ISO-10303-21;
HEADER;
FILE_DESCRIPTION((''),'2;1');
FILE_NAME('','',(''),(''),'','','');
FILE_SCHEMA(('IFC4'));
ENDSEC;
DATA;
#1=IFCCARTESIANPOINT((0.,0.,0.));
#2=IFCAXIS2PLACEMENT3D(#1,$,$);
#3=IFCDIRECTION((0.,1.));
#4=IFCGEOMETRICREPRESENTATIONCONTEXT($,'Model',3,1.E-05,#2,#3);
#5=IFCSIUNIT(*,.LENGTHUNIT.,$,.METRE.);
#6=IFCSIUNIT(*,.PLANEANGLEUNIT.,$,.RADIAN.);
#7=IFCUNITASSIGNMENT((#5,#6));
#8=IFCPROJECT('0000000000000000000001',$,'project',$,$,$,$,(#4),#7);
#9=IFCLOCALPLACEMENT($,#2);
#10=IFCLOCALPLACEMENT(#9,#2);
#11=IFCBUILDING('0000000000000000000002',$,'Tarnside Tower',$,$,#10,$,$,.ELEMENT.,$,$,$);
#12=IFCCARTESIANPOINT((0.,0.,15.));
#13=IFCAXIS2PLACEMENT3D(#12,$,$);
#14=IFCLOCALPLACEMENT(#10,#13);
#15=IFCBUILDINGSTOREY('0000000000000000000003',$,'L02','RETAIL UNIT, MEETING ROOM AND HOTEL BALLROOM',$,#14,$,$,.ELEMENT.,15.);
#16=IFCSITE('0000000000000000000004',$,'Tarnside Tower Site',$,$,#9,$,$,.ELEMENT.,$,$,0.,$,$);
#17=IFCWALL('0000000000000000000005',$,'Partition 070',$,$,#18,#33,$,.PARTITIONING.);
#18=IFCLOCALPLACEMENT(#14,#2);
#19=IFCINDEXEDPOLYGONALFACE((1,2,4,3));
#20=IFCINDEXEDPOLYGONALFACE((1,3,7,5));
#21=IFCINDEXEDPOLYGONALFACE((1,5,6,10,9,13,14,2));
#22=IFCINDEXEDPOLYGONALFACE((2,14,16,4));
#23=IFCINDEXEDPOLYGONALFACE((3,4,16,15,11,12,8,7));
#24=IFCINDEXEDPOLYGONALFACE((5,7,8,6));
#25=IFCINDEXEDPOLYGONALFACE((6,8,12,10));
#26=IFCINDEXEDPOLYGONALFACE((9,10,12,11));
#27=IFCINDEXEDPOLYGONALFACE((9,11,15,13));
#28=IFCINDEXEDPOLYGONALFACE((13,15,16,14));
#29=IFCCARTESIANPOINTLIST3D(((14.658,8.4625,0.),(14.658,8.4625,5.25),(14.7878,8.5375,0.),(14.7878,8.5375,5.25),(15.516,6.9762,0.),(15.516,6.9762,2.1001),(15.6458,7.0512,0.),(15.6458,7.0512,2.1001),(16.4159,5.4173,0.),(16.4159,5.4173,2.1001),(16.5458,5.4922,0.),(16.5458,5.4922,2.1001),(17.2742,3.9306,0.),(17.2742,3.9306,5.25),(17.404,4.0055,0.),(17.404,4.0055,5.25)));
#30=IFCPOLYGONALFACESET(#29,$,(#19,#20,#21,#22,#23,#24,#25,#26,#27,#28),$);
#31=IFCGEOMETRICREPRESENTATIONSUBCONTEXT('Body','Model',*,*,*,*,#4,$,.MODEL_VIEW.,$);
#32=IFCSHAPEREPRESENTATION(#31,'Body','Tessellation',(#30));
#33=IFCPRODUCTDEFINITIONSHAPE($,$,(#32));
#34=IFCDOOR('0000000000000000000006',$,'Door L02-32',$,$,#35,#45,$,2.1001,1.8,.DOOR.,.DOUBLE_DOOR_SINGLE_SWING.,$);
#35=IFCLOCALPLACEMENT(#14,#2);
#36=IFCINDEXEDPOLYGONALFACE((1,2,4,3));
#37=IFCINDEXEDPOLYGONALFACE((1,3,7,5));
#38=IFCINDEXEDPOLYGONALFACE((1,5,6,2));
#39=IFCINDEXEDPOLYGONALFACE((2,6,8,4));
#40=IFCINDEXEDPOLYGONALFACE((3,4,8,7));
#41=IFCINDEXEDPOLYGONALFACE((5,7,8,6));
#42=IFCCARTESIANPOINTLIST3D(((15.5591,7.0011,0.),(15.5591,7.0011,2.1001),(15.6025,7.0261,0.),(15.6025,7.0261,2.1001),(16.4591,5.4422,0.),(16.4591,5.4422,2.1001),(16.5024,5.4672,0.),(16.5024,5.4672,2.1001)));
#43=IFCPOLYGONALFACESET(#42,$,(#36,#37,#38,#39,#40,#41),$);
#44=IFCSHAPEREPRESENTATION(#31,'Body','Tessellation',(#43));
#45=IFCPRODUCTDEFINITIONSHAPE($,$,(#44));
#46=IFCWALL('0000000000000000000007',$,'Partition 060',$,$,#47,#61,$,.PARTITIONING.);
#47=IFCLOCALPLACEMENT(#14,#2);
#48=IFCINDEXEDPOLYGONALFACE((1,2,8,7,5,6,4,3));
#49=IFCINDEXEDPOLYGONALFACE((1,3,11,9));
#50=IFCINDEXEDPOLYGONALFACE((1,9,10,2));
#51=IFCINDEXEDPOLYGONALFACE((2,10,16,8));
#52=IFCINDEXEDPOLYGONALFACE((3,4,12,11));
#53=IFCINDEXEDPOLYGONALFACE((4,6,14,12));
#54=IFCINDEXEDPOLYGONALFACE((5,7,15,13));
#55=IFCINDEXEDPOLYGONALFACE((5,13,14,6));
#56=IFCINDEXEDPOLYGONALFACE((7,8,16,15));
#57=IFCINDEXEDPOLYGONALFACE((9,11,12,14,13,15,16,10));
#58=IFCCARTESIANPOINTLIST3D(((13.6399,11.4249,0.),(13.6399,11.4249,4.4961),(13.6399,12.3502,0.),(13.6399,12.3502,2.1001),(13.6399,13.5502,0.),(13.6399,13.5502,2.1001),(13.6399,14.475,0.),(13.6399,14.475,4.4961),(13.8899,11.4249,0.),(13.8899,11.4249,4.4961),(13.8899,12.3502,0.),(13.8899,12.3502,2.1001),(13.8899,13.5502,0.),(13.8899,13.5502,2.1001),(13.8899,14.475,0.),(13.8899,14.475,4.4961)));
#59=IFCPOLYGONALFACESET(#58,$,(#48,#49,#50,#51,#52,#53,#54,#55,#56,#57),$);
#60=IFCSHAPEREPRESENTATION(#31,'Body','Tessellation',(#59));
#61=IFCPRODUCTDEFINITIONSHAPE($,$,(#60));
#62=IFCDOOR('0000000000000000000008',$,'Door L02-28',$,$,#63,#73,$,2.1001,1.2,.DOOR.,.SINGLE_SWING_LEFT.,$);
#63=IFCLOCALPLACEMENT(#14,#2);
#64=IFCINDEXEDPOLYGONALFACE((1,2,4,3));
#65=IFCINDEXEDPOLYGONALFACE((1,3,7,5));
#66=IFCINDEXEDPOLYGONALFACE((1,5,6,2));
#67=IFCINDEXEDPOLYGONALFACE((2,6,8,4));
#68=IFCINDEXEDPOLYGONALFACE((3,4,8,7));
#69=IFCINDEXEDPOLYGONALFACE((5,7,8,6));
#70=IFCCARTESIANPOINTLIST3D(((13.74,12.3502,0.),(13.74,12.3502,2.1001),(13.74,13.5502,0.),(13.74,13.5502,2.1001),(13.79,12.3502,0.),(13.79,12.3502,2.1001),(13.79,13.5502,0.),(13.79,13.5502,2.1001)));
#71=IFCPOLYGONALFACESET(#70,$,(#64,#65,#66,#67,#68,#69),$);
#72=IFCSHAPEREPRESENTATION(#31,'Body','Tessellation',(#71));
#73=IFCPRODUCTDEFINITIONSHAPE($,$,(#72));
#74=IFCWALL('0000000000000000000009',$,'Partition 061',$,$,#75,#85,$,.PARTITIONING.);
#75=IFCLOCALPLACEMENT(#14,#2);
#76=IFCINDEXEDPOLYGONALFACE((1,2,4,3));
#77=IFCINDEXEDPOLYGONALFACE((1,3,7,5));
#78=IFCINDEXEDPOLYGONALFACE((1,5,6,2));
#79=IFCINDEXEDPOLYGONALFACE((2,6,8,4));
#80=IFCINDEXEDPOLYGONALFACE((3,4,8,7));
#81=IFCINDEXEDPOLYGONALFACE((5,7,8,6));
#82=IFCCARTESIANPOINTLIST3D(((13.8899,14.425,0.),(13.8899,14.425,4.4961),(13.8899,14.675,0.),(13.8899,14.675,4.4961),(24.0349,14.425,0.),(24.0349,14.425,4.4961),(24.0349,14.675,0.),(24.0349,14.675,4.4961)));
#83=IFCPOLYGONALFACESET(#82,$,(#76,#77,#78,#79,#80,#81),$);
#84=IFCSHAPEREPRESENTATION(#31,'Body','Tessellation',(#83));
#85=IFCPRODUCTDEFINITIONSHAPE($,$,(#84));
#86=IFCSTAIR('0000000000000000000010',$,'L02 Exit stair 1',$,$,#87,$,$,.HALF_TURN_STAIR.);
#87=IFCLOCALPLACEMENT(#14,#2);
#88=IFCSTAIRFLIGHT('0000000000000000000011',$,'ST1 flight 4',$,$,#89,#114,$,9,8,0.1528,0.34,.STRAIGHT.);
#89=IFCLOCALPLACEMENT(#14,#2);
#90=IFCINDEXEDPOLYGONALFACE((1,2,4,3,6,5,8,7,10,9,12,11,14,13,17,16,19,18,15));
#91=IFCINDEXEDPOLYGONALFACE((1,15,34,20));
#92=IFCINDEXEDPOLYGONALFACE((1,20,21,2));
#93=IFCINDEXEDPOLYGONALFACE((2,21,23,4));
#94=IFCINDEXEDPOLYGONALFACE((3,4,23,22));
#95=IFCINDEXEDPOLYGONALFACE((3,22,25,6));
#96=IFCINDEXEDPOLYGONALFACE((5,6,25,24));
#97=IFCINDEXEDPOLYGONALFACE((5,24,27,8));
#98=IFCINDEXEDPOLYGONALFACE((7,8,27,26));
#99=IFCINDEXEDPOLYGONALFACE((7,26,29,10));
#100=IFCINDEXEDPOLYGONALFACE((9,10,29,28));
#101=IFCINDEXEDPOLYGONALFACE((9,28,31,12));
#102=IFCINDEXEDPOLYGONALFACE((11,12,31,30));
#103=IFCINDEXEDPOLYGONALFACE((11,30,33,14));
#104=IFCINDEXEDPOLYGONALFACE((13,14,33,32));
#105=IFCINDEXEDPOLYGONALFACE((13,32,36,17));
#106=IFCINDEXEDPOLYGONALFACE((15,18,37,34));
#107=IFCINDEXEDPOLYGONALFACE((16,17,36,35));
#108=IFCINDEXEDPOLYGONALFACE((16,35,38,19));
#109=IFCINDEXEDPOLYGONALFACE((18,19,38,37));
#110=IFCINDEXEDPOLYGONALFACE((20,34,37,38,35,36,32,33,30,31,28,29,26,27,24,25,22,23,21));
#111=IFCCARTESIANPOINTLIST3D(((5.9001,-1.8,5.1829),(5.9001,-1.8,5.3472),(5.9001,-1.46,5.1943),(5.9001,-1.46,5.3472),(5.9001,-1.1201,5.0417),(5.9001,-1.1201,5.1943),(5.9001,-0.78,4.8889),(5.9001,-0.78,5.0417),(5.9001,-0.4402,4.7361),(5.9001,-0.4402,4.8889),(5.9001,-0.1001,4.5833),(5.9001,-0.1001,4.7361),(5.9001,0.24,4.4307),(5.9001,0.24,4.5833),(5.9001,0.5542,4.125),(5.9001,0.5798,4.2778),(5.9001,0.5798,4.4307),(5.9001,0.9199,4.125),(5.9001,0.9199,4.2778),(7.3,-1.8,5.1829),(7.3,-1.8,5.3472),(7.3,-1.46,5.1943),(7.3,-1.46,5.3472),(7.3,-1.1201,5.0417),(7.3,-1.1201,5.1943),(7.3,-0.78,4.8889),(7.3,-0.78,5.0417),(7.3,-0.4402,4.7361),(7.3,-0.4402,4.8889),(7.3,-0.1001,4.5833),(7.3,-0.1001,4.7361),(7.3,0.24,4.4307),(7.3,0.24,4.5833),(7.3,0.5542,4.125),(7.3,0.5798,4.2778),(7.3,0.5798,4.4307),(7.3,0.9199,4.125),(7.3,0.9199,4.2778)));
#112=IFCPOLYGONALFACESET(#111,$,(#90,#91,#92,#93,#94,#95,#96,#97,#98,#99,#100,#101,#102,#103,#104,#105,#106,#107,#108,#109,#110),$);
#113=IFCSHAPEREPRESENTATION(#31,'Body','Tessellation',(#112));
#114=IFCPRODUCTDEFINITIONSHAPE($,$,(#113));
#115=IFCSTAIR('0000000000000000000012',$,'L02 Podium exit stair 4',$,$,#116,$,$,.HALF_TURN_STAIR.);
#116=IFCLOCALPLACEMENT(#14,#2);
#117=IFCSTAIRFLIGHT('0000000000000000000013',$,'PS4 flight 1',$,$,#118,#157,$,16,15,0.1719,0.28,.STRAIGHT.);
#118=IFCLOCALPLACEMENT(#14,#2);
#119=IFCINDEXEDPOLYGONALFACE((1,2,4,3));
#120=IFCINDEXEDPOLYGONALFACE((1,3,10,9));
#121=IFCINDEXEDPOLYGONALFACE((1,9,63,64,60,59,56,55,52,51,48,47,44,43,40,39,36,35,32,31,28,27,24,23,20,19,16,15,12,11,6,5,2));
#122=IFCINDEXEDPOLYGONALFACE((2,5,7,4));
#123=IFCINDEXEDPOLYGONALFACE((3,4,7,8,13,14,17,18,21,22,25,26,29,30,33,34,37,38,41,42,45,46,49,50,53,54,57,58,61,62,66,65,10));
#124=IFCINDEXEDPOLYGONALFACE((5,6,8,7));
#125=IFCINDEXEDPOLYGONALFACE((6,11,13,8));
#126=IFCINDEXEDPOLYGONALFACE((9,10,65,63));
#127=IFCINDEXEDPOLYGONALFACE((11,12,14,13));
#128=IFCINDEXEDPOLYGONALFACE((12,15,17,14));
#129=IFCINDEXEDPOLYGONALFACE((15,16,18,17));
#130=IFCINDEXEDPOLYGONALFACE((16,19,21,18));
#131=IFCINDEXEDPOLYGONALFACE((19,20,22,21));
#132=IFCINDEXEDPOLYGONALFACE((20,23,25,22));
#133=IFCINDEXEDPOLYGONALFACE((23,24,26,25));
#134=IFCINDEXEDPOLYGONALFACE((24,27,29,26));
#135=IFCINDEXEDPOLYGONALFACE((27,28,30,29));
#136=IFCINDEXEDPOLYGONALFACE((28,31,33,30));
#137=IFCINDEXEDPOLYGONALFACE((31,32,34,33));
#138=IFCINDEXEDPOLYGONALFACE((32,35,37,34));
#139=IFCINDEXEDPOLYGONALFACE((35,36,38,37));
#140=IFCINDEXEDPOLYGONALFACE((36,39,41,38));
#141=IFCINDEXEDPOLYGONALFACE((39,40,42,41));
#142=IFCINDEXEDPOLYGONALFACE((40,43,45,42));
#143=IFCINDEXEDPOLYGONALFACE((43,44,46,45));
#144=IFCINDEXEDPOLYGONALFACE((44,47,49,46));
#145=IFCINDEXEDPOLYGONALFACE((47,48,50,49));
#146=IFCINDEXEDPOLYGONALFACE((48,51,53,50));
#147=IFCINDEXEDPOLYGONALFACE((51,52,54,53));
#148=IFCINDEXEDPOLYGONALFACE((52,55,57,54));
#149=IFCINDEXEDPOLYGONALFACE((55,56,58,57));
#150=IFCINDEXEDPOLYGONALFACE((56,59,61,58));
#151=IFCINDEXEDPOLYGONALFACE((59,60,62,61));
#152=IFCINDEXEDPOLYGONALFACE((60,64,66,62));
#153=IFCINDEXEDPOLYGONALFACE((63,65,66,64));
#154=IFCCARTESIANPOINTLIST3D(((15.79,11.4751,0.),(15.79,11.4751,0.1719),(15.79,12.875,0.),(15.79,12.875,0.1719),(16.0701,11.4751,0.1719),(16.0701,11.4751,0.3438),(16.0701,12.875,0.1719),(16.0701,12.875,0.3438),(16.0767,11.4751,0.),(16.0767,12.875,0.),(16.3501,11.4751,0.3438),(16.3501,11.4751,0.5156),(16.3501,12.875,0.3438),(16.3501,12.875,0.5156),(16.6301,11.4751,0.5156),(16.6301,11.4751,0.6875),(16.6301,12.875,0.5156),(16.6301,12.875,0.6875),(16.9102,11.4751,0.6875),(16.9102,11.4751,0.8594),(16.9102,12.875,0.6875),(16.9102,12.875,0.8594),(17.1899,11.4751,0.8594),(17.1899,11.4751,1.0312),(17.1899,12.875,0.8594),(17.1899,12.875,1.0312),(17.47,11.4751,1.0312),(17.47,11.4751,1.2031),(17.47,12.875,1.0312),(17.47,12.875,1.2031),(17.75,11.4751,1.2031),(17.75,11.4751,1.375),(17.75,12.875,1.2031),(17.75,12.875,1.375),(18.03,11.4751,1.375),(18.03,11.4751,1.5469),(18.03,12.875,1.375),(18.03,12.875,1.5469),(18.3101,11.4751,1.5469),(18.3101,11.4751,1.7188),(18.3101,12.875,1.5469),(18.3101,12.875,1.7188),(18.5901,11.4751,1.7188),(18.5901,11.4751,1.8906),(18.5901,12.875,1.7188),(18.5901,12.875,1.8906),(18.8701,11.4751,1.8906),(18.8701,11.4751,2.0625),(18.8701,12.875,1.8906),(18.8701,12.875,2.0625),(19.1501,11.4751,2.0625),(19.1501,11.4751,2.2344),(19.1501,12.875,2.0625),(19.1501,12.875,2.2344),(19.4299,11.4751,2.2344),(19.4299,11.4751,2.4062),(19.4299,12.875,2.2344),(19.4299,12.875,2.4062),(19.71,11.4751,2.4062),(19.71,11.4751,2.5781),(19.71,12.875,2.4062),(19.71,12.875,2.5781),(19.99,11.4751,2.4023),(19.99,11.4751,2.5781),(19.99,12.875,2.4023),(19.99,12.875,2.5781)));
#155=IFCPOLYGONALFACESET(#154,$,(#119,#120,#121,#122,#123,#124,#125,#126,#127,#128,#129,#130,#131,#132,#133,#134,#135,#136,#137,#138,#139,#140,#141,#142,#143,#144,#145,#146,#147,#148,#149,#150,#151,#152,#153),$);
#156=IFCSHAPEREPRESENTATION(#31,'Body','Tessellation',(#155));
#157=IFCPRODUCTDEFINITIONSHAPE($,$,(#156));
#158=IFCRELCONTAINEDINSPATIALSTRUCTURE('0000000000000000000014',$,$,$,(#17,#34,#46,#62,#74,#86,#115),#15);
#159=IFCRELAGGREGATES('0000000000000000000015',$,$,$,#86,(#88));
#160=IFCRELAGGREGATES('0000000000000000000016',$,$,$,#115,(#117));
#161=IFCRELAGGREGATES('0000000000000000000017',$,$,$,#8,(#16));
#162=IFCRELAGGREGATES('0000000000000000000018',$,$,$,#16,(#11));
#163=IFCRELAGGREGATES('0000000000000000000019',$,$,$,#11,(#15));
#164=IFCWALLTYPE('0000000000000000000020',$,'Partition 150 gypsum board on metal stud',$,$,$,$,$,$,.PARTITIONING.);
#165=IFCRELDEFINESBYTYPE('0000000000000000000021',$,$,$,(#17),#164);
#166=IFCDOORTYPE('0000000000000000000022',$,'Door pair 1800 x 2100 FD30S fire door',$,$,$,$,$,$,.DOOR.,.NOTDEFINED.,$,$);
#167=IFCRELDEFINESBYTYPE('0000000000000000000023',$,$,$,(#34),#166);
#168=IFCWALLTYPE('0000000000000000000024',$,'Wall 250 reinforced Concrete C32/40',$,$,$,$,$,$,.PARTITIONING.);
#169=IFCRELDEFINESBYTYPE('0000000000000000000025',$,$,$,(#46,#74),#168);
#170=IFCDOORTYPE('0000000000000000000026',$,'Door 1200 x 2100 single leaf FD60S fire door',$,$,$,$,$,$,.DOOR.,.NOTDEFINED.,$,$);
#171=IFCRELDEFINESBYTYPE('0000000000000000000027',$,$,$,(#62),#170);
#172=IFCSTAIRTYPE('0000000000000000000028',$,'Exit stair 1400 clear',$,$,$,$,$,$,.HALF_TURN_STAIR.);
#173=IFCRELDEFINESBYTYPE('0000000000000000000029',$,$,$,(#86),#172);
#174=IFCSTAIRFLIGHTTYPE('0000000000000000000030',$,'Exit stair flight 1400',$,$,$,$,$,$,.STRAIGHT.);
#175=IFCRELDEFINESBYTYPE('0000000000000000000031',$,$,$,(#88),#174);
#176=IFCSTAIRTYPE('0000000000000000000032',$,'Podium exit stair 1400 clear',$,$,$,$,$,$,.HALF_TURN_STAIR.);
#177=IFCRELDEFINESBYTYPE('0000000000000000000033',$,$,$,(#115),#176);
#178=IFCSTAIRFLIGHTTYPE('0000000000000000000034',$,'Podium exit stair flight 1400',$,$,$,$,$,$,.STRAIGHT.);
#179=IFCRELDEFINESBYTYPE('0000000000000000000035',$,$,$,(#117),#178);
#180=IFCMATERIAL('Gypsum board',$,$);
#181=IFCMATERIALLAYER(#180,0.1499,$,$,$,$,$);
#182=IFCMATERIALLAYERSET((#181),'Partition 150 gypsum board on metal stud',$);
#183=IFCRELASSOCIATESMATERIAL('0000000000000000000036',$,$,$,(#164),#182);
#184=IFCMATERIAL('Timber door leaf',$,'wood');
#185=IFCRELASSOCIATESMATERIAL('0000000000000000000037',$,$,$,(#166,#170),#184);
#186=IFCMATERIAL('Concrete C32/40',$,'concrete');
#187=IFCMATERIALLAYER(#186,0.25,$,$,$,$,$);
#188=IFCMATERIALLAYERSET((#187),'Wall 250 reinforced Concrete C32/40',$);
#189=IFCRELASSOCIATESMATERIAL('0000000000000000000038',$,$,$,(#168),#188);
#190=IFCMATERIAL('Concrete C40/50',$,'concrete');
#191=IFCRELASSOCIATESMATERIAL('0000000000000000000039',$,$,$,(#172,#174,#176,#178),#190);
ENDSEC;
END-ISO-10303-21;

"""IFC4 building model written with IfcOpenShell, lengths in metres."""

from ifc_helpers import new_model, si_unit, direction, frame, frame_2d, origin, place, context, subcontext, project, spatial, polyline, rectangle, outline, extrude, material, layer, layer_set, type_object, element, fill, aggregate, save


model = new_model("IFC4")

# Units and contexts
model_context = context("Model", 3, precision=1e-05, world=origin(), true_north=direction((0.0, 1.0)))
body_context = subcontext(model_context, "Body", "Model", "MODEL_VIEW")
ifc_project = project(units=[si_unit("LENGTHUNIT", "METRE"), si_unit("PLANEANGLEUNIT", "RADIAN")], contexts=[model_context])

# Site, building, storey
site_placement = place(None, origin())
site = spatial("IfcSite", under=ifc_project, at=site_placement, Name="Tarnside Tower Site", CompositionType="ELEMENT", RefElevation=0.0)
building_placement = place(site_placement, origin())
building = spatial("IfcBuilding", under=site, at=building_placement, Name="Tarnside Tower", CompositionType="ELEMENT")
storey_placement = place(building_placement, frame((0.0, 0.0, 15.0)))
storey = spatial("IfcBuildingStorey", under=building, at=storey_placement, Name="L02", Description="RETAIL UNIT, MEETING ROOM AND HOTEL BALLROOM", CompositionType="ELEMENT", Elevation=15.0)

# Shared definitions
ifc_material_1 = material(Name="Concrete C40/50", Category="concrete")
ifc_material_2 = material(Name="Gypsum board")
ifc_layer_1 = layer(ifc_material_2, 0.1499)
ifc_layer_set_1 = layer_set([ifc_layer_1], Name="Partition 150 gypsum board on metal stud")
wall_type_1 = type_object("IfcWallType", Name="Partition 150 gypsum board on metal stud", PredefinedType="PARTITIONING", material=ifc_layer_set_1)

# Walls, openings, doors
wall_1_placement = place(storey_placement, frame((14.7229, 8.5, 0.0), z_axis=(0.0, 0.0, 1.0), x_axis=(0.499953, -0.866053, 0.0)))
wall_1 = element("IfcWall", 1, at=wall_1_placement, inside=storey, type_object=wall_type_1, Name="Partition 070", PredefinedType="PARTITIONING", context=body_context, shape_type="SweptSolid", body=[
    extrude(rectangle(XDim=5.2329, YDim=0.1499, at=frame_2d((2.6165, 0.0))), origin(), (0.0, 0.0, 1.0), 5.25),
])
opening_1_placement = place(wall_1_placement, frame((1.7163, 0.0, 0.0)))
opening_1 = element("IfcOpeningElement", 2, at=opening_1_placement, cuts=wall_1, PredefinedType="OPENING", context=body_context, shape_type="SweptSolid", body=[
    extrude(rectangle(XDim=1.8, YDim=2.1001, at=frame_2d((0.8999, 1.05))), frame((0.0, 0.085, 0.0), z_axis=(0.0, -1.0, 0.0), x_axis=(1.0, 0.0, 0.0)), (0.0, 0.0, 1.0), 0.1699),
])
ifc_material_3 = material(Name="Timber door leaf", Category="wood")
door_type_1 = type_object("IfcDoorType", Name="Door pair 1800 x 2100 FD30S fire door", OperationType="NOTDEFINED", PredefinedType="DOOR", material=ifc_material_3)
door_1_placement = place(opening_1_placement, origin())
door_1 = element("IfcDoor", 3, at=door_1_placement, inside=storey, type_object=door_type_1, Name="Door L02-32", OperationType="DOUBLE_DOOR_SINGLE_SWING", OverallHeight=2.1001, OverallWidth=1.8, PredefinedType="DOOR", context=body_context, shape_type="SweptSolid", body=[
    extrude(rectangle(XDim=1.8, YDim=2.1001, at=frame_2d((0.8999, 1.05))), frame((0.0, 0.0249, 0.0), z_axis=(0.0, -1.0, 0.0), x_axis=(1.0, 0.0, 0.0)), (0.0, 0.0, 1.0), 0.05),
])
fill(opening_1, door_1)
ifc_material_4 = material(Name="Concrete C32/40", Category="concrete")
ifc_layer_2 = layer(ifc_material_4, 0.25)
ifc_layer_set_2 = layer_set([ifc_layer_2], Name="Wall 250 reinforced Concrete C32/40")
wall_type_2 = type_object("IfcWallType", Name="Wall 250 reinforced Concrete C32/40", PredefinedType="PARTITIONING", material=ifc_layer_set_2)
wall_2_placement = place(storey_placement, frame((13.7649, 11.425, 0.0), z_axis=(0.0, 0.0, 1.0), x_axis=(0.0, 1.0, 0.0)))
wall_2 = element("IfcWall", 4, at=wall_2_placement, inside=storey, type_object=wall_type_2, Name="Partition 060", PredefinedType="PARTITIONING", context=body_context, shape_type="SweptSolid", body=[
    extrude(rectangle(XDim=3.05, YDim=0.25, at=frame_2d((1.5249, 0.0))), origin(), (0.0, 0.0, 1.0), 4.4961),
])
opening_2_placement = place(wall_2_placement, frame((0.925, 0.0, 0.0)))
opening_2 = element("IfcOpeningElement", 5, at=opening_2_placement, cuts=wall_2, PredefinedType="OPENING", context=body_context, shape_type="SweptSolid", body=[
    extrude(rectangle(XDim=1.2, YDim=2.1001, at=frame_2d((0.6001, 1.05))), frame((0.0, 0.135, 0.0), z_axis=(0.0, -1.0, 0.0), x_axis=(1.0, 0.0, 0.0)), (0.0, 0.0, 1.0), 0.27),
])
door_type_2 = type_object("IfcDoorType", Name="Door 1200 x 2100 single leaf FD60S fire door", OperationType="NOTDEFINED", PredefinedType="DOOR", material=ifc_material_3)
door_2_placement = place(opening_2_placement, origin())
door_2 = element("IfcDoor", 6, at=door_2_placement, inside=storey, type_object=door_type_2, Name="Door L02-28", OperationType="SINGLE_SWING_LEFT", OverallHeight=2.1001, OverallWidth=1.2, PredefinedType="DOOR", context=body_context, shape_type="SweptSolid", body=[
    extrude(rectangle(XDim=1.2, YDim=2.1001, at=frame_2d((0.6001, 1.05))), frame((0.0, 0.0249, 0.0), z_axis=(0.0, -1.0, 0.0), x_axis=(1.0, 0.0, 0.0)), (0.0, 0.0, 1.0), 0.05),
])
fill(opening_2, door_2)

# Wall
wall_3_placement = place(storey_placement, frame((13.8899, 14.55, 0.0), z_axis=(0.0, 0.0, 1.0), x_axis=(1.0, 0.0, 0.0)))
element("IfcWall", 7, at=wall_3_placement, inside=storey, type_object=wall_type_2, Name="Partition 061", PredefinedType="PARTITIONING", context=body_context, shape_type="SweptSolid", body=[
    extrude(rectangle(XDim=10.145, YDim=0.25, at=frame_2d((5.0725, 0.0))), origin(), (0.0, 0.0, 1.0), 4.4961),
])

# Stairs, stair flights
stair_type_1 = type_object("IfcStairType", Name="Exit stair 1400 clear", PredefinedType="HALF_TURN_STAIR", material=ifc_material_1)
stair_1_placement = place(storey_placement, origin())
stair_1 = element("IfcStair", 8, at=stair_1_placement, inside=storey, type_object=stair_type_1, Name="L02 Exit stair 1", PredefinedType="HALF_TURN_STAIR")
stair_flight_type_1 = type_object("IfcStairFlightType", Name="Exit stair flight 1400", PredefinedType="STRAIGHT", material=ifc_material_1)
stair_flight_1_placement = place(storey_placement, frame((6.6001, 0.9199, 4.125), z_axis=(0.0, 0.0, 1.0), x_axis=(0.0, -1.0, 0.0)))
stair_flight_1 = element("IfcStairFlight", 9, at=stair_flight_1_placement, type_object=stair_flight_type_1, Name="ST1 flight 4", NumberOfRisers=9, NumberOfTreads=8, PredefinedType="STRAIGHT", RiserHeight=0.1528, TreadLength=0.34, context=body_context, shape_type="SweptSolid", body=[
    extrude(outline(polyline([(0.0, 0.0), (0.0, 0.1528), (0.3401, 0.1528), (0.3401, 0.3057), (0.6799, 0.3057), (0.6799, 0.4583), (1.02, 0.4583), (1.02, 0.6111), (1.3601, 0.6111), (1.3601, 0.7639), (1.7, 0.7639), (1.7, 0.9167), (2.04, 0.9167), (2.04, 1.0693), (2.3799, 1.0693), (2.3799, 1.2222), (2.72, 1.2222), (2.72, 1.375), (2.72, 1.0579), (0.3657, 0.0), (0.0, 0.0)])), frame((0.0, 0.7, 0.0), z_axis=(0.0, -1.0, 0.0), x_axis=(1.0, 0.0, 0.0)), (0.0, 0.0, 1.0), 1.3999),
])
aggregate(stair_1, [stair_flight_1])
stair_type_2 = type_object("IfcStairType", Name="Podium exit stair 1400 clear", PredefinedType="HALF_TURN_STAIR", material=ifc_material_1)
stair_2_placement = place(storey_placement, origin())
stair_2 = element("IfcStair", 10, at=stair_2_placement, inside=storey, type_object=stair_type_2, Name="L02 Podium exit stair 4", PredefinedType="HALF_TURN_STAIR")
stair_flight_type_2 = type_object("IfcStairFlightType", Name="Podium exit stair flight 1400", PredefinedType="STRAIGHT", material=ifc_material_1)
stair_flight_2_placement = place(storey_placement, frame((15.79, 12.175, 0.0), z_axis=(0.0, 0.0, 1.0), x_axis=(1.0, 0.0, 0.0)))
stair_flight_2 = element("IfcStairFlight", 11, at=stair_flight_2_placement, type_object=stair_flight_type_2, Name="PS4 flight 1", NumberOfRisers=16, NumberOfTreads=15, PredefinedType="STRAIGHT", RiserHeight=0.1719, TreadLength=0.28, context=body_context, shape_type="SweptSolid", body=[
    extrude(outline(polyline([(0.0, 0.0), (0.0, 0.1719), (0.28, 0.1719), (0.28, 0.3438), (0.5601, 0.3438), (0.5601, 0.5156), (0.8401, 0.5156), (0.8401, 0.6875), (1.1201, 0.6875), (1.1201, 0.8594), (1.3999, 0.8594), (1.3999, 1.0312), (1.6799, 1.0312), (1.6799, 1.2031), (1.96, 1.2031), (1.96, 1.375), (2.24, 1.375), (2.24, 1.5469), (2.52, 1.5469), (2.52, 1.7188), (2.8, 1.7188), (2.8, 1.8906), (3.0801, 1.8906), (3.0801, 2.0625), (3.3601, 2.0625), (3.3601, 2.2344), (3.6399, 2.2344), (3.6399, 2.4062), (3.9199, 2.4062), (3.9199, 2.5781), (4.2, 2.5781), (4.2, 2.75), (4.2, 2.4023), (0.2866, 0.0), (0.0, 0.0)])), frame((0.0, 0.7, 0.0), z_axis=(0.0, -1.0, 0.0), x_axis=(1.0, 0.0, 0.0)), (0.0, 0.0, 1.0), 1.3999),
])
aggregate(stair_2, [stair_flight_2])

save(model, "model.ifc")
